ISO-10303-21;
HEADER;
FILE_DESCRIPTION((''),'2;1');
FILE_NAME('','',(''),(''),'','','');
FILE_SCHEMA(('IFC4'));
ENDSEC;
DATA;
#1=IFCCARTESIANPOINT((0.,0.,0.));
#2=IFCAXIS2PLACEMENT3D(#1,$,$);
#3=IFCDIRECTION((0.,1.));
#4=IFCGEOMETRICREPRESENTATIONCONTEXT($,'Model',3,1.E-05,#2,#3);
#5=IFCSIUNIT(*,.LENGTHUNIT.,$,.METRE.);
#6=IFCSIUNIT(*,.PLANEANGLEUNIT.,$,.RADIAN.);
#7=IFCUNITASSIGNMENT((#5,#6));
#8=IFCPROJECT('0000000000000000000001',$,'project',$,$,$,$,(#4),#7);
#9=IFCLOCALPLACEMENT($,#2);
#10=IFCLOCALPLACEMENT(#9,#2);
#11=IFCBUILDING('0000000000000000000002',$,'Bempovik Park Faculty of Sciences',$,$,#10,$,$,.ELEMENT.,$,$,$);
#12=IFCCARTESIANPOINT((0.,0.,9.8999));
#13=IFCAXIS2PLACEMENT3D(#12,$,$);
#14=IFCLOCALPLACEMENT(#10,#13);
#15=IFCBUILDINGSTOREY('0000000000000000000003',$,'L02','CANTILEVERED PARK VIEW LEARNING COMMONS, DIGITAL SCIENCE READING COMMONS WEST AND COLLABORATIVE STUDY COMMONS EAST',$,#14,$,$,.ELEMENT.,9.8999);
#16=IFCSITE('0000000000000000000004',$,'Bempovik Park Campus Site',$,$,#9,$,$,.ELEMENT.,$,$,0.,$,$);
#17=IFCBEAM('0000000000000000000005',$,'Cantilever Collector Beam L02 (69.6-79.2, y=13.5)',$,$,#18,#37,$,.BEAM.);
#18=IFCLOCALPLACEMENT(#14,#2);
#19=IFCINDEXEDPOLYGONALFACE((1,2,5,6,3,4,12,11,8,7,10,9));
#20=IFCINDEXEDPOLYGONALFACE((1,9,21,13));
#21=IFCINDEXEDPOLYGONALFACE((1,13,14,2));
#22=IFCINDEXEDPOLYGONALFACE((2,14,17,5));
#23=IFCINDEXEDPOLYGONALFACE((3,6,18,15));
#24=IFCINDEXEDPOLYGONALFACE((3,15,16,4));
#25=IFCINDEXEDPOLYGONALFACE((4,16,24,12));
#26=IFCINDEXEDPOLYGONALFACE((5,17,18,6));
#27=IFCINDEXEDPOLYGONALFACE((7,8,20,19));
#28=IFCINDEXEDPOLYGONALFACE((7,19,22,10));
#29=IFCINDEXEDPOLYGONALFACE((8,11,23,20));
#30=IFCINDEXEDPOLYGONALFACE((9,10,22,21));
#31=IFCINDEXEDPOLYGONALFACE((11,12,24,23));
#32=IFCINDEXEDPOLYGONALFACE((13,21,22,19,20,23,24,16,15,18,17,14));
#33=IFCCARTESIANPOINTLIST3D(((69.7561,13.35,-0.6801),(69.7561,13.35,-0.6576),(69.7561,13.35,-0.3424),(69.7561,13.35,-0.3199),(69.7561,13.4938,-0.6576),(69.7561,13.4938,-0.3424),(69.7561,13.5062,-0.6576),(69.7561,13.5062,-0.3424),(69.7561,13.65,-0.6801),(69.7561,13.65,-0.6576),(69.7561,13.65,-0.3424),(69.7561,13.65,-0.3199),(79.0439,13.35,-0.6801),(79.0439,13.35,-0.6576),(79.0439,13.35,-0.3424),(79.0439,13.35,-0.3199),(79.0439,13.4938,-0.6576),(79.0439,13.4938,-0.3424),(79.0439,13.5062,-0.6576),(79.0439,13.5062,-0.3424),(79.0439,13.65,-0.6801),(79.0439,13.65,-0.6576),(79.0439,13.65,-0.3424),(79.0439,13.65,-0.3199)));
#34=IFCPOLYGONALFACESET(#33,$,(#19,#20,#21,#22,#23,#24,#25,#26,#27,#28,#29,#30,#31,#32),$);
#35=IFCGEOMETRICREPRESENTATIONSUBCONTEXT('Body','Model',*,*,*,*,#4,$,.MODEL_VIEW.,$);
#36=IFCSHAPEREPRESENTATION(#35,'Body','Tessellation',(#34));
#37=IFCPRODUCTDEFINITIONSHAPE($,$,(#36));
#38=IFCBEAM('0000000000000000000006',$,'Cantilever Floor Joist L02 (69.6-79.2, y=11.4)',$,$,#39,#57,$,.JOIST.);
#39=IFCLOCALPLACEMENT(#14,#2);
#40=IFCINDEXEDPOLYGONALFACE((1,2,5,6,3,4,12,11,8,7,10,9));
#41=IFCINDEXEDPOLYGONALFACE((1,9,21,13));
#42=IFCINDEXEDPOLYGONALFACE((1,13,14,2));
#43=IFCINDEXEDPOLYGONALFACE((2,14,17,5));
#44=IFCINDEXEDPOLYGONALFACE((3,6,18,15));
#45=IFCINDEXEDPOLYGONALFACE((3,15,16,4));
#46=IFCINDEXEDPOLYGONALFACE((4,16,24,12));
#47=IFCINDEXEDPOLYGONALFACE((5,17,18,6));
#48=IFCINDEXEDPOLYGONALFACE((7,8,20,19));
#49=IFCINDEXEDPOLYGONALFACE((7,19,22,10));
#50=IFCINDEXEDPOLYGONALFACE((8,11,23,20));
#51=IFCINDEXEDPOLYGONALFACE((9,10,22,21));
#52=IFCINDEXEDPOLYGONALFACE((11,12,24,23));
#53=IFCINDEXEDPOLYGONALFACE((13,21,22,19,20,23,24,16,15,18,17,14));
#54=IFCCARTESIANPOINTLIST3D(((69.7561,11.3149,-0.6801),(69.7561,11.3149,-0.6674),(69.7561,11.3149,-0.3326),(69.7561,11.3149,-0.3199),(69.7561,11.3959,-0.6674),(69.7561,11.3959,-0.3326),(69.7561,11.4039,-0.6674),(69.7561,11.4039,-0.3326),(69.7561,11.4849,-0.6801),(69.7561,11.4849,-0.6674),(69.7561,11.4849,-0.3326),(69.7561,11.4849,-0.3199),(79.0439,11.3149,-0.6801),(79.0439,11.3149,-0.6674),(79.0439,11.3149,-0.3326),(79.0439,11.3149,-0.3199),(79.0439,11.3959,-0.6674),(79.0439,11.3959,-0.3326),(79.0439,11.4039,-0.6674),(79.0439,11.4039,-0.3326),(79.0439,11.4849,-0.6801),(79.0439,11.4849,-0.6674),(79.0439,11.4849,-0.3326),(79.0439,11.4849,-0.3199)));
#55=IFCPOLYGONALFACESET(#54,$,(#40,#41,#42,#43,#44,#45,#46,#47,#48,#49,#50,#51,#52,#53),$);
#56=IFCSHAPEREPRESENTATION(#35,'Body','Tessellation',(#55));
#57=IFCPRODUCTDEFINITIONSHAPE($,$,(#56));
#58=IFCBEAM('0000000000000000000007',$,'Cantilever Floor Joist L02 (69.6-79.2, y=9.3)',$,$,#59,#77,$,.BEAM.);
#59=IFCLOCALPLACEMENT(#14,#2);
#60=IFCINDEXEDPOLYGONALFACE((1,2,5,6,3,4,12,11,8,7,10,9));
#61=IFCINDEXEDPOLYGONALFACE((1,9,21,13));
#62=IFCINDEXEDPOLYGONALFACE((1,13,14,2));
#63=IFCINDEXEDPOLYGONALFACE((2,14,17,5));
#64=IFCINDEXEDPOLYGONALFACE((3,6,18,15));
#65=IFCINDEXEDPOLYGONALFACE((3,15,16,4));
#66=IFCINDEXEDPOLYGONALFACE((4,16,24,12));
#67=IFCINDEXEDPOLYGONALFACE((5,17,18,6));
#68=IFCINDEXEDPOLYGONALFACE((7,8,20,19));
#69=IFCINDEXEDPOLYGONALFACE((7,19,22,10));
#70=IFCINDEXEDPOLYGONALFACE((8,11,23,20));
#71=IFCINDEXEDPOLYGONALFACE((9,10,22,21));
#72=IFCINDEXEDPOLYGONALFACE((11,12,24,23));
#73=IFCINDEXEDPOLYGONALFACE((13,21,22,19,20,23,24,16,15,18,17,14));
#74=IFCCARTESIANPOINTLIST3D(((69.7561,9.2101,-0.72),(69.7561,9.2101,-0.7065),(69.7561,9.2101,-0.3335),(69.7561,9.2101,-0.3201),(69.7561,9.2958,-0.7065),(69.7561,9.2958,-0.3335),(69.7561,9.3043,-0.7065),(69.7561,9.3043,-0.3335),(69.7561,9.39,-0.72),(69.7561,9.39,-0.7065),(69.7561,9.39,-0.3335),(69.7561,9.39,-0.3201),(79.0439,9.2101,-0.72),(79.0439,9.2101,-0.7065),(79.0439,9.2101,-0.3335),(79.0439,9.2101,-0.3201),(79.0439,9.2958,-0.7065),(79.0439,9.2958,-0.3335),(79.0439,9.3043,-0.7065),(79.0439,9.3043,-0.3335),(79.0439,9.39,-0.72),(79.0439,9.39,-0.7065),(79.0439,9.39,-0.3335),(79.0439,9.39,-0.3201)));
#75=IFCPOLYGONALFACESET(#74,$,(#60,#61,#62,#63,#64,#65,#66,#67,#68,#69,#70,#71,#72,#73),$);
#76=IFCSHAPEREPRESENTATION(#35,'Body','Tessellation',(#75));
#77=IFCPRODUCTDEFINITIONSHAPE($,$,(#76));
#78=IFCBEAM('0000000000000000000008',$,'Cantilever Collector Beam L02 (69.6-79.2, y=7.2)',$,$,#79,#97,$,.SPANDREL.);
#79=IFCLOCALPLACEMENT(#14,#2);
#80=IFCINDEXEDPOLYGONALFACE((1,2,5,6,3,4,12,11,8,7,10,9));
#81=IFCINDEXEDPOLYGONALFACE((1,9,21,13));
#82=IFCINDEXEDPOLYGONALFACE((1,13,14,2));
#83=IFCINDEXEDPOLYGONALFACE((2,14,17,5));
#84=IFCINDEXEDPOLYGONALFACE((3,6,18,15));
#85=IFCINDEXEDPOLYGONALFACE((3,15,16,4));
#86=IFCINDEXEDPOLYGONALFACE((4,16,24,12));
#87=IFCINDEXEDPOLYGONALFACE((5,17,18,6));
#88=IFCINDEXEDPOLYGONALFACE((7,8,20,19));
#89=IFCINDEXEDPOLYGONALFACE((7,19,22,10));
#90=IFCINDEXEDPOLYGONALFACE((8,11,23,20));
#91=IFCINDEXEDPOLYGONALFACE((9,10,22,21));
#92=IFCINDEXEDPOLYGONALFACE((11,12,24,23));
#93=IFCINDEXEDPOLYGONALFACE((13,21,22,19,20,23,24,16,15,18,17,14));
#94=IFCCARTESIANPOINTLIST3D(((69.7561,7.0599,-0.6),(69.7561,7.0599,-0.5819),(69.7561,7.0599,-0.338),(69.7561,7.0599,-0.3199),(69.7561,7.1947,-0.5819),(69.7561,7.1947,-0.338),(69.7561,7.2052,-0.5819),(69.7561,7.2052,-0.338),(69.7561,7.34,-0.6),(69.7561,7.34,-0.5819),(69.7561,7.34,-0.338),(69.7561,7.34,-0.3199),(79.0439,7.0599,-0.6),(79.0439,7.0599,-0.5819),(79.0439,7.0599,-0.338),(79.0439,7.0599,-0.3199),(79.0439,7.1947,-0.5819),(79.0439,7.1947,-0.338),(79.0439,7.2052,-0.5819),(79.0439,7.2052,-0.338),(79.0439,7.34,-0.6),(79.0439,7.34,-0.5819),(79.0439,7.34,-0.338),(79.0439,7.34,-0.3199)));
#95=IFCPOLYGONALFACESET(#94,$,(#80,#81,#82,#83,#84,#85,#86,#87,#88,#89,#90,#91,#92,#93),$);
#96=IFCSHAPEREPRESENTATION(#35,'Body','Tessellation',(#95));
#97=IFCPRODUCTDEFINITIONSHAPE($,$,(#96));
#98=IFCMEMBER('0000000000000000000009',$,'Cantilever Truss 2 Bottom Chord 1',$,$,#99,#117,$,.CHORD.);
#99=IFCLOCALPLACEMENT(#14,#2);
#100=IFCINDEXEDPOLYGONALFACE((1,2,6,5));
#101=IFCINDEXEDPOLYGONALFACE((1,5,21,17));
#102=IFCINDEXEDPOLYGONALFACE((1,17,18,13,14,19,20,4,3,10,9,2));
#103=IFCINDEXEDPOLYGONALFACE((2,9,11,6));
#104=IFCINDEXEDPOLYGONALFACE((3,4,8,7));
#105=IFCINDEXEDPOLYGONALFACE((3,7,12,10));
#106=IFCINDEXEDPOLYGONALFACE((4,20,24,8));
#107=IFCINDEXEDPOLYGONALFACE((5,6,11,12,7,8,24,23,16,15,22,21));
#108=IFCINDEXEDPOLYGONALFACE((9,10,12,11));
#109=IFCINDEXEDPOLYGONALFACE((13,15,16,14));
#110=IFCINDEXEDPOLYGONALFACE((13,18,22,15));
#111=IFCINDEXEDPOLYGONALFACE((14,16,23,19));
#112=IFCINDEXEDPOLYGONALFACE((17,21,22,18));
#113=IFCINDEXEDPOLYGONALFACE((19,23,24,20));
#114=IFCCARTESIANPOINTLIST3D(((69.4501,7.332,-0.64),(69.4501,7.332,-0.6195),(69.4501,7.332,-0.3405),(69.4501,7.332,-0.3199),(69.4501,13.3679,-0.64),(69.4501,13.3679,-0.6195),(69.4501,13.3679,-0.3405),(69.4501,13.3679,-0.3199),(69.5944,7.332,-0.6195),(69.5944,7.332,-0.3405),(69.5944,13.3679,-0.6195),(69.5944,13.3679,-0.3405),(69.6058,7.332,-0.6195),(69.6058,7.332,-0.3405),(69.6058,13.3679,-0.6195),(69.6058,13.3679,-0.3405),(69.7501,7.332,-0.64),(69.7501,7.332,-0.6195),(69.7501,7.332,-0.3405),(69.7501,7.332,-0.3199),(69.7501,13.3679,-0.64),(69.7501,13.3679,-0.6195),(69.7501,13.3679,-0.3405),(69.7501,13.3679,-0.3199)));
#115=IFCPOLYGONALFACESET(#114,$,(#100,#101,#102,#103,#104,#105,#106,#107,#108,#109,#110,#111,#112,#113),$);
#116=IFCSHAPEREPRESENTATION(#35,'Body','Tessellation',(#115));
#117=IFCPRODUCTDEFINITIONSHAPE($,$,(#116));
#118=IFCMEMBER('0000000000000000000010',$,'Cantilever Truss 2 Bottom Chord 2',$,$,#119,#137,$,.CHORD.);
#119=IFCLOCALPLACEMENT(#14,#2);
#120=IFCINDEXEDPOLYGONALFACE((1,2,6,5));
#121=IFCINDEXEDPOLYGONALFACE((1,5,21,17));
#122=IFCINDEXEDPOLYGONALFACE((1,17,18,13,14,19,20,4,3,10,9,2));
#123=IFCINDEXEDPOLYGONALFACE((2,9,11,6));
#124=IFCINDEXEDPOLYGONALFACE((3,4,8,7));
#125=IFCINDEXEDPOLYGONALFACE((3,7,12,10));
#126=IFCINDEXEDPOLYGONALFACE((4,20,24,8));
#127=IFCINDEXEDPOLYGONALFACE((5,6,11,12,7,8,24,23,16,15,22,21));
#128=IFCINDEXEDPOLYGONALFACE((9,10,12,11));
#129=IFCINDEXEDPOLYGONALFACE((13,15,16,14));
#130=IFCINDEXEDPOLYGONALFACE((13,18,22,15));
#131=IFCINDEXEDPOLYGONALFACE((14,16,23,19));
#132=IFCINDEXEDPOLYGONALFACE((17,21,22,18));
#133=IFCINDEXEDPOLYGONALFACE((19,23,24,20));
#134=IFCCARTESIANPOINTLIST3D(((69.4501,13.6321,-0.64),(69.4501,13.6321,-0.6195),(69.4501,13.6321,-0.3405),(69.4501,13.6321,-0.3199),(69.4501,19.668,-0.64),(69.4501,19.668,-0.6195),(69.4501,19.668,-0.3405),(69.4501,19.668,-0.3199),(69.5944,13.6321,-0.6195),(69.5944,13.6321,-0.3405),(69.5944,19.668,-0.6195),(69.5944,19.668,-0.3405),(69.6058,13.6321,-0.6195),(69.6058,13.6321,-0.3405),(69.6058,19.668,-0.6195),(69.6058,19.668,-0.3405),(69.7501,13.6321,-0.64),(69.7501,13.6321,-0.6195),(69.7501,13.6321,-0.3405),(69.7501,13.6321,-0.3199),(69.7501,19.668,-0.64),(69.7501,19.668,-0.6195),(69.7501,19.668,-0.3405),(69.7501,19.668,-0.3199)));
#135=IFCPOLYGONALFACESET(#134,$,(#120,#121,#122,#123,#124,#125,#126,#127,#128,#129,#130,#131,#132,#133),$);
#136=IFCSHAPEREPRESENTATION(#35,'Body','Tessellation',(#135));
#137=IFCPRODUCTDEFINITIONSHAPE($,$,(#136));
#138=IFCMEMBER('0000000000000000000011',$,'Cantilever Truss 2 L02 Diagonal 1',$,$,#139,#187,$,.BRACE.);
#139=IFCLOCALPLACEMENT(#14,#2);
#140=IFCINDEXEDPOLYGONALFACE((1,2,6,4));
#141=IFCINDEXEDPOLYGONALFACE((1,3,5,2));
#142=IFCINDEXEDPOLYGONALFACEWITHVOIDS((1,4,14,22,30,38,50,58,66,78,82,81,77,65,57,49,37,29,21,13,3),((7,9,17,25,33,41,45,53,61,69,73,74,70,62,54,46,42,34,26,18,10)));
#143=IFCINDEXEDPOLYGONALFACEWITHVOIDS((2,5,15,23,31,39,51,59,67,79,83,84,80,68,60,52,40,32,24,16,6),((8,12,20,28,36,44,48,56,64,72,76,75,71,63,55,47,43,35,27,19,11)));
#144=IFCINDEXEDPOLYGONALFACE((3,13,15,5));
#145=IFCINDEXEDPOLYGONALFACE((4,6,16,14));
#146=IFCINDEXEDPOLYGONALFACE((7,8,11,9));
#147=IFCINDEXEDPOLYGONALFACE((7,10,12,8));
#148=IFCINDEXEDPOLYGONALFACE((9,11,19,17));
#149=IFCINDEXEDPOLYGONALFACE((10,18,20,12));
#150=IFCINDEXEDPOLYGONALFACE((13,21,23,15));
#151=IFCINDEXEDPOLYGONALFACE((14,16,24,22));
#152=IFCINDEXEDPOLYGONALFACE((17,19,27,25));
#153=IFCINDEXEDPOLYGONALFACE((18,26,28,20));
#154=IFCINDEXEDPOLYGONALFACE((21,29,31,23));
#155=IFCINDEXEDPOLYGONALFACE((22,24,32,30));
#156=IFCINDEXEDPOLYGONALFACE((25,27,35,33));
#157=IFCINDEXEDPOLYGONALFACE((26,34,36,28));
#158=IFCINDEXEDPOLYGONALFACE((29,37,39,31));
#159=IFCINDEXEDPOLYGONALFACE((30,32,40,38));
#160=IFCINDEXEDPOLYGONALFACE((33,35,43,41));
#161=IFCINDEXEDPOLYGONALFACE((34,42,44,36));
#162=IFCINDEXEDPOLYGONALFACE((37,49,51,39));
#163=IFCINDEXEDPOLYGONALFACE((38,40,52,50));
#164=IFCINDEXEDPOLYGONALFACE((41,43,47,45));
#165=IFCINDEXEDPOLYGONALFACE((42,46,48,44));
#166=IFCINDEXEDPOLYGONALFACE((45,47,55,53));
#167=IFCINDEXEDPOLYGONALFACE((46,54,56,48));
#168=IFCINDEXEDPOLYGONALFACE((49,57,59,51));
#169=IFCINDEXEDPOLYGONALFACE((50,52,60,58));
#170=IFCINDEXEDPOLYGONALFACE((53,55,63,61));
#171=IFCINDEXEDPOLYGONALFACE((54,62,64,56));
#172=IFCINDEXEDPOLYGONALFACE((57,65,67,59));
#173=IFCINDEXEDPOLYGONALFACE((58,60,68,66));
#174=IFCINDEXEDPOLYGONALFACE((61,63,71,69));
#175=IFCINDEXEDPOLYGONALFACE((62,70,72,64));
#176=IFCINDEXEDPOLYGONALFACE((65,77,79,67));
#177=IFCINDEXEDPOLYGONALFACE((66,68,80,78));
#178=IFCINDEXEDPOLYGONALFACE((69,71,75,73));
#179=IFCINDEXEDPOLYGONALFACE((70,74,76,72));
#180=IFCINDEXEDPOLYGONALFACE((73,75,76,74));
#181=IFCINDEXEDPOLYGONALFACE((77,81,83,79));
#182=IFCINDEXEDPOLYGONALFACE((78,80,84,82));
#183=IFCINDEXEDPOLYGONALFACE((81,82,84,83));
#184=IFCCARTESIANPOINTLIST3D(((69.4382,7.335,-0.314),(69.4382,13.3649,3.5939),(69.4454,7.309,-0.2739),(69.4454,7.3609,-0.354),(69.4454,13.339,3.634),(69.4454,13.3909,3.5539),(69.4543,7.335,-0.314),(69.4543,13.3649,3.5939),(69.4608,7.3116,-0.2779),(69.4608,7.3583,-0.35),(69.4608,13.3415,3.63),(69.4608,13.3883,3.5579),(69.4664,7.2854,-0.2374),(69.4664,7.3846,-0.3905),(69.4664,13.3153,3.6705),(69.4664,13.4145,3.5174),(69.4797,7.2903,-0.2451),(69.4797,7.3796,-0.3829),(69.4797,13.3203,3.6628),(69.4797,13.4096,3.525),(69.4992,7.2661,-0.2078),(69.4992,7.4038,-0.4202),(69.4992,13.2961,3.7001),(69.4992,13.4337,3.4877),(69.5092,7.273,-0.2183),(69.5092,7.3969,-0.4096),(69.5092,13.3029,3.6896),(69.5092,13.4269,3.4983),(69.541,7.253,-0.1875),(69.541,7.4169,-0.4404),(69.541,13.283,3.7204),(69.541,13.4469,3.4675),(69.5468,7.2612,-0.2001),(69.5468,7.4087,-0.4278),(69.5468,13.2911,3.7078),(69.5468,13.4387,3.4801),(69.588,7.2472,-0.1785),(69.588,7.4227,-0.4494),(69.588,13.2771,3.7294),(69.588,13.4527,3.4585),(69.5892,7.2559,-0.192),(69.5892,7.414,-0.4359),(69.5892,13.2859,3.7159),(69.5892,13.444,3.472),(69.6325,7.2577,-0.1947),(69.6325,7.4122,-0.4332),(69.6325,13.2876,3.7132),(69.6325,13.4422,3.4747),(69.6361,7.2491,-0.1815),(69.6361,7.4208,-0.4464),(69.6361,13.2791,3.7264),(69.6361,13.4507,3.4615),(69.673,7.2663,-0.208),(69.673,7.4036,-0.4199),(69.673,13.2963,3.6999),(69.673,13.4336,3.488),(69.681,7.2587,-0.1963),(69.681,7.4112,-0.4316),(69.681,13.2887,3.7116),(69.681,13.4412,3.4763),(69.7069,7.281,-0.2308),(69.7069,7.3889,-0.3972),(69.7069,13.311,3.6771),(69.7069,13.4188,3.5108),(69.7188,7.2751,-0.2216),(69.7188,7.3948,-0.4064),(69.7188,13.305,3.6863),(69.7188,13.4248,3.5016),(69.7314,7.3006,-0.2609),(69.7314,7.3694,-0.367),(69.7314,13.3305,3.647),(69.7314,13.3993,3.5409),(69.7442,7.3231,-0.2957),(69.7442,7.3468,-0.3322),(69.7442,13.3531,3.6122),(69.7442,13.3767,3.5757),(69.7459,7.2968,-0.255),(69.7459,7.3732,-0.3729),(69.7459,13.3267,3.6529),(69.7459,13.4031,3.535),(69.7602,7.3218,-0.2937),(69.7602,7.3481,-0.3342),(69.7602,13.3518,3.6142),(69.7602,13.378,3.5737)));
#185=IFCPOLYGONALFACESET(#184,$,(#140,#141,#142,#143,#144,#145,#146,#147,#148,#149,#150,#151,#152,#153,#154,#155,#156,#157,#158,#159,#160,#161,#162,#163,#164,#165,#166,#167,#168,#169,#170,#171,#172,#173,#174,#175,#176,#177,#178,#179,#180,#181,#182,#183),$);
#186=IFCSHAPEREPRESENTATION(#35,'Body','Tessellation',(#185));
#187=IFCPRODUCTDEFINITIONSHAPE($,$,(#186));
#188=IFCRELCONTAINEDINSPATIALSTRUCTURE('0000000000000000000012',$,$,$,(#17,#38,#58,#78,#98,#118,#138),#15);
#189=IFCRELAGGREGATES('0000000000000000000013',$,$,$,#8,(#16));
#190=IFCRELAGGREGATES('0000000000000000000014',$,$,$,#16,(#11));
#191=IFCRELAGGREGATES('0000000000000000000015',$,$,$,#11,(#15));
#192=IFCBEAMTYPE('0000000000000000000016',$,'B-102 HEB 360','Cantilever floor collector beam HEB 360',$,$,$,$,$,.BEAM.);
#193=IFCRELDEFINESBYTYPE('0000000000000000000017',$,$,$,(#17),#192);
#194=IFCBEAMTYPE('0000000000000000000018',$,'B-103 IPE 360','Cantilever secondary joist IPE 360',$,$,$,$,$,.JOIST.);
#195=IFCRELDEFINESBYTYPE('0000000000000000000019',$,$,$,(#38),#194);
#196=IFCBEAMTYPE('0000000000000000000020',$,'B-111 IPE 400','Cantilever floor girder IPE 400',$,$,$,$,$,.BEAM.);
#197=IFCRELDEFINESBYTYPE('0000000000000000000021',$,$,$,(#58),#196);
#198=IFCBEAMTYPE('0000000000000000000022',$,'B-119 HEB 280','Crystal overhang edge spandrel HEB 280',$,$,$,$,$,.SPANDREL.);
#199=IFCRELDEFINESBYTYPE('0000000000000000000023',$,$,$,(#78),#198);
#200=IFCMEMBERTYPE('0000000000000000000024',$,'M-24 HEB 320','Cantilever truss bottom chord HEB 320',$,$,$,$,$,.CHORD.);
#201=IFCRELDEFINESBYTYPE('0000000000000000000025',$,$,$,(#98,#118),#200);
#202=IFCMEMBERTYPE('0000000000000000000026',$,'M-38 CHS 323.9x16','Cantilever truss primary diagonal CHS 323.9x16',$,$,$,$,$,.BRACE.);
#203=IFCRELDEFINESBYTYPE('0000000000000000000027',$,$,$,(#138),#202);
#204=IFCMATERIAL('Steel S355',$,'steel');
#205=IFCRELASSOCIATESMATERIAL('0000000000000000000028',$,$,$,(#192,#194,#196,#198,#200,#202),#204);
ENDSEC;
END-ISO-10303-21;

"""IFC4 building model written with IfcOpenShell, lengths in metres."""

from ifc_helpers import new_model, si_unit, direction, frame, origin, origin_2d, place, context, subcontext, project, spatial, hollow_circle, i_section, extrude, material, material_profile, profile_set, type_object, element, save


model = new_model("IFC4")

# Units and contexts
model_context = context("Model", 3, precision=1e-05, world=origin(), true_north=direction((0.0, 1.0)))
body_context = subcontext(model_context, "Body", "Model", "MODEL_VIEW")
ifc_project = project(units=[si_unit("LENGTHUNIT", "METRE"), si_unit("PLANEANGLEUNIT", "RADIAN")], contexts=[model_context])

# Site, building, storey
site_placement = place(None, origin())
site = spatial("IfcSite", under=ifc_project, at=site_placement, Name="Bempovik Park Campus Site", CompositionType="ELEMENT", RefElevation=0.0)
building_placement = place(site_placement, origin())
building = spatial("IfcBuilding", under=site, at=building_placement, Name="Bempovik Park Faculty of Sciences", CompositionType="ELEMENT")
storey_placement = place(building_placement, frame((0.0, 0.0, 9.8999)))
storey = spatial("IfcBuildingStorey", under=building, at=storey_placement, Name="L02", Description="CANTILEVERED PARK VIEW LEARNING COMMONS, DIGITAL SCIENCE READING COMMONS WEST AND COLLABORATIVE STUDY COMMONS EAST", CompositionType="ELEMENT", Elevation=9.8999)

# Beams
ifc_material_1 = material(Name="Steel S355", Category="steel")
ifc_material_profile_1 = material_profile(ifc_material_1, i_section(OverallWidth=0.3, OverallDepth=0.3601, WebThickness=0.0125, FlangeThickness=0.0225, at=origin_2d()), Name="HEB 360")
ifc_profile_set_1 = profile_set([ifc_material_profile_1], Name="Steel S355")
beam_type_1 = type_object("IfcBeamType", Name="B-102 HEB 360", Description="Cantilever floor collector beam HEB 360", PredefinedType="BEAM", material=ifc_profile_set_1)
beam_1_placement = place(storey_placement, frame((69.7561, 13.5, -0.5), z_axis=(1.0, 0.0, 0.0), x_axis=(0.0, 1.0, 0.0)))
element("IfcBeam", 1, at=beam_1_placement, inside=storey, type_object=beam_type_1, Name="Cantilever Collector Beam L02 (69.6-79.2, y=13.5)", PredefinedType="BEAM", context=body_context, shape_type="SweptSolid", body=[
    extrude(i_section(OverallWidth=0.3, OverallDepth=0.3601, WebThickness=0.0125, FlangeThickness=0.0225, at=origin_2d()), origin(), (0.0, 0.0, 1.0), 9.2878),
])
ifc_material_profile_2 = material_profile(ifc_material_1, i_section(OverallWidth=0.1699, OverallDepth=0.3601, WebThickness=0.0081, FlangeThickness=0.0127, at=origin_2d()), Name="IPE 360")
ifc_profile_set_2 = profile_set([ifc_material_profile_2], Name="Steel S355")
beam_type_2 = type_object("IfcBeamType", Name="B-103 IPE 360", Description="Cantilever secondary joist IPE 360", PredefinedType="JOIST", material=ifc_profile_set_2)
beam_2_placement = place(storey_placement, frame((69.7561, 11.3999, -0.5), z_axis=(1.0, 0.0, 0.0), x_axis=(0.0, 1.0, 0.0)))
element("IfcBeam", 2, at=beam_2_placement, inside=storey, type_object=beam_type_2, Name="Cantilever Floor Joist L02 (69.6-79.2, y=11.4)", PredefinedType="JOIST", context=body_context, shape_type="SweptSolid", body=[
    extrude(i_section(OverallWidth=0.1699, OverallDepth=0.3601, WebThickness=0.0081, FlangeThickness=0.0127, at=origin_2d()), origin(), (0.0, 0.0, 1.0), 9.2878),
])
ifc_material_profile_3 = material_profile(ifc_material_1, i_section(OverallWidth=0.1799, OverallDepth=0.3999, WebThickness=0.0085, FlangeThickness=0.0134, at=origin_2d()), Name="IPE 400")
ifc_profile_set_3 = profile_set([ifc_material_profile_3], Name="Steel S355")
beam_type_3 = type_object("IfcBeamType", Name="B-111 IPE 400", Description="Cantilever floor girder IPE 400", PredefinedType="BEAM", material=ifc_profile_set_3)
beam_3_placement = place(storey_placement, frame((69.7561, 9.3, -0.52), z_axis=(1.0, 0.0, 0.0), x_axis=(0.0, 1.0, 0.0)))
element("IfcBeam", 3, at=beam_3_placement, inside=storey, type_object=beam_type_3, Name="Cantilever Floor Joist L02 (69.6-79.2, y=9.3)", PredefinedType="BEAM", context=body_context, shape_type="SweptSolid", body=[
    extrude(i_section(OverallWidth=0.1799, OverallDepth=0.3999, WebThickness=0.0085, FlangeThickness=0.0134, at=origin_2d()), origin(), (0.0, 0.0, 1.0), 9.2878),
])
ifc_material_profile_4 = material_profile(ifc_material_1, i_section(OverallWidth=0.28, OverallDepth=0.28, WebThickness=0.0105, FlangeThickness=0.0181, at=origin_2d()), Name="HEB 280")
ifc_profile_set_4 = profile_set([ifc_material_profile_4], Name="Steel S355")
beam_type_4 = type_object("IfcBeamType", Name="B-119 HEB 280", Description="Crystal overhang edge spandrel HEB 280", PredefinedType="SPANDREL", material=ifc_profile_set_4)
beam_4_placement = place(storey_placement, frame((69.7561, 7.2, -0.46), z_axis=(1.0, 0.0, 0.0), x_axis=(0.0, 1.0, 0.0)))
element("IfcBeam", 4, at=beam_4_placement, inside=storey, type_object=beam_type_4, Name="Cantilever Collector Beam L02 (69.6-79.2, y=7.2)", PredefinedType="SPANDREL", context=body_context, shape_type="SweptSolid", body=[
    extrude(i_section(OverallWidth=0.28, OverallDepth=0.28, WebThickness=0.0105, FlangeThickness=0.0181, at=origin_2d()), origin(), (0.0, 0.0, 1.0), 9.2878),
])

# Members
ifc_material_profile_5 = material_profile(ifc_material_1, i_section(OverallWidth=0.3, OverallDepth=0.3201, WebThickness=0.0115, FlangeThickness=0.0205, at=origin_2d()), Name="HEB 320")
ifc_profile_set_5 = profile_set([ifc_material_profile_5], Name="Steel S355")
member_type_1 = type_object("IfcMemberType", Name="M-24 HEB 320", Description="Cantilever truss bottom chord HEB 320", PredefinedType="CHORD", material=ifc_profile_set_5)
for number, where, z_axis, x_axis, name in (
    (5, (69.6001, 7.332, -0.48), (0.0, 1.0, 0.0), (-1.0, 0.0, 0.0), "Cantilever Truss 2 Bottom Chord 1"),
    (6, (69.6001, 13.6321, -0.48), (0.0, 1.0, 0.0), (-1.0, 0.0, 0.0), "Cantilever Truss 2 Bottom Chord 2"),
):
    element("IfcMember", number, at=place(storey_placement, frame(where, z_axis=z_axis, x_axis=x_axis)), inside=storey, type_object=member_type_1, Name=name, PredefinedType="CHORD", context=body_context, shape_type="SweptSolid", body=[
        extrude(i_section(OverallWidth=0.3, OverallDepth=0.3201, WebThickness=0.0115, FlangeThickness=0.0205, at=origin_2d()), origin(), (0.0, 0.0, 1.0), 6.0359),
    ])
ifc_material_profile_6 = material_profile(ifc_material_1, hollow_circle(Radius=0.1619, WallThickness=0.0161, at=origin_2d()), Name="CHS 323.9x16")
ifc_profile_set_6 = profile_set([ifc_material_profile_6], Name="Steel S355")
member_type_2 = type_object("IfcMemberType", Name="M-38 CHS 323.9x16", Description="Cantilever truss primary diagonal CHS 323.9x16", PredefinedType="BRACE", material=ifc_profile_set_6)
member_1_placement = place(storey_placement, frame((69.6001, 7.335, -0.314), z_axis=(0.0, 0.839178, 0.543857), x_axis=(-1.0, 0.0, 0.0)))
element("IfcMember", 7, at=member_1_placement, inside=storey, type_object=member_type_2, Name="Cantilever Truss 2 L02 Diagonal 1", PredefinedType="BRACE", context=body_context, shape_type="SweptSolid", body=[
    extrude(hollow_circle(Radius=0.1619, WallThickness=0.0161, at=origin_2d()), origin(), (0.0, 0.0, 1.0), 7.1855),
])

save(model, "model.ifc")
